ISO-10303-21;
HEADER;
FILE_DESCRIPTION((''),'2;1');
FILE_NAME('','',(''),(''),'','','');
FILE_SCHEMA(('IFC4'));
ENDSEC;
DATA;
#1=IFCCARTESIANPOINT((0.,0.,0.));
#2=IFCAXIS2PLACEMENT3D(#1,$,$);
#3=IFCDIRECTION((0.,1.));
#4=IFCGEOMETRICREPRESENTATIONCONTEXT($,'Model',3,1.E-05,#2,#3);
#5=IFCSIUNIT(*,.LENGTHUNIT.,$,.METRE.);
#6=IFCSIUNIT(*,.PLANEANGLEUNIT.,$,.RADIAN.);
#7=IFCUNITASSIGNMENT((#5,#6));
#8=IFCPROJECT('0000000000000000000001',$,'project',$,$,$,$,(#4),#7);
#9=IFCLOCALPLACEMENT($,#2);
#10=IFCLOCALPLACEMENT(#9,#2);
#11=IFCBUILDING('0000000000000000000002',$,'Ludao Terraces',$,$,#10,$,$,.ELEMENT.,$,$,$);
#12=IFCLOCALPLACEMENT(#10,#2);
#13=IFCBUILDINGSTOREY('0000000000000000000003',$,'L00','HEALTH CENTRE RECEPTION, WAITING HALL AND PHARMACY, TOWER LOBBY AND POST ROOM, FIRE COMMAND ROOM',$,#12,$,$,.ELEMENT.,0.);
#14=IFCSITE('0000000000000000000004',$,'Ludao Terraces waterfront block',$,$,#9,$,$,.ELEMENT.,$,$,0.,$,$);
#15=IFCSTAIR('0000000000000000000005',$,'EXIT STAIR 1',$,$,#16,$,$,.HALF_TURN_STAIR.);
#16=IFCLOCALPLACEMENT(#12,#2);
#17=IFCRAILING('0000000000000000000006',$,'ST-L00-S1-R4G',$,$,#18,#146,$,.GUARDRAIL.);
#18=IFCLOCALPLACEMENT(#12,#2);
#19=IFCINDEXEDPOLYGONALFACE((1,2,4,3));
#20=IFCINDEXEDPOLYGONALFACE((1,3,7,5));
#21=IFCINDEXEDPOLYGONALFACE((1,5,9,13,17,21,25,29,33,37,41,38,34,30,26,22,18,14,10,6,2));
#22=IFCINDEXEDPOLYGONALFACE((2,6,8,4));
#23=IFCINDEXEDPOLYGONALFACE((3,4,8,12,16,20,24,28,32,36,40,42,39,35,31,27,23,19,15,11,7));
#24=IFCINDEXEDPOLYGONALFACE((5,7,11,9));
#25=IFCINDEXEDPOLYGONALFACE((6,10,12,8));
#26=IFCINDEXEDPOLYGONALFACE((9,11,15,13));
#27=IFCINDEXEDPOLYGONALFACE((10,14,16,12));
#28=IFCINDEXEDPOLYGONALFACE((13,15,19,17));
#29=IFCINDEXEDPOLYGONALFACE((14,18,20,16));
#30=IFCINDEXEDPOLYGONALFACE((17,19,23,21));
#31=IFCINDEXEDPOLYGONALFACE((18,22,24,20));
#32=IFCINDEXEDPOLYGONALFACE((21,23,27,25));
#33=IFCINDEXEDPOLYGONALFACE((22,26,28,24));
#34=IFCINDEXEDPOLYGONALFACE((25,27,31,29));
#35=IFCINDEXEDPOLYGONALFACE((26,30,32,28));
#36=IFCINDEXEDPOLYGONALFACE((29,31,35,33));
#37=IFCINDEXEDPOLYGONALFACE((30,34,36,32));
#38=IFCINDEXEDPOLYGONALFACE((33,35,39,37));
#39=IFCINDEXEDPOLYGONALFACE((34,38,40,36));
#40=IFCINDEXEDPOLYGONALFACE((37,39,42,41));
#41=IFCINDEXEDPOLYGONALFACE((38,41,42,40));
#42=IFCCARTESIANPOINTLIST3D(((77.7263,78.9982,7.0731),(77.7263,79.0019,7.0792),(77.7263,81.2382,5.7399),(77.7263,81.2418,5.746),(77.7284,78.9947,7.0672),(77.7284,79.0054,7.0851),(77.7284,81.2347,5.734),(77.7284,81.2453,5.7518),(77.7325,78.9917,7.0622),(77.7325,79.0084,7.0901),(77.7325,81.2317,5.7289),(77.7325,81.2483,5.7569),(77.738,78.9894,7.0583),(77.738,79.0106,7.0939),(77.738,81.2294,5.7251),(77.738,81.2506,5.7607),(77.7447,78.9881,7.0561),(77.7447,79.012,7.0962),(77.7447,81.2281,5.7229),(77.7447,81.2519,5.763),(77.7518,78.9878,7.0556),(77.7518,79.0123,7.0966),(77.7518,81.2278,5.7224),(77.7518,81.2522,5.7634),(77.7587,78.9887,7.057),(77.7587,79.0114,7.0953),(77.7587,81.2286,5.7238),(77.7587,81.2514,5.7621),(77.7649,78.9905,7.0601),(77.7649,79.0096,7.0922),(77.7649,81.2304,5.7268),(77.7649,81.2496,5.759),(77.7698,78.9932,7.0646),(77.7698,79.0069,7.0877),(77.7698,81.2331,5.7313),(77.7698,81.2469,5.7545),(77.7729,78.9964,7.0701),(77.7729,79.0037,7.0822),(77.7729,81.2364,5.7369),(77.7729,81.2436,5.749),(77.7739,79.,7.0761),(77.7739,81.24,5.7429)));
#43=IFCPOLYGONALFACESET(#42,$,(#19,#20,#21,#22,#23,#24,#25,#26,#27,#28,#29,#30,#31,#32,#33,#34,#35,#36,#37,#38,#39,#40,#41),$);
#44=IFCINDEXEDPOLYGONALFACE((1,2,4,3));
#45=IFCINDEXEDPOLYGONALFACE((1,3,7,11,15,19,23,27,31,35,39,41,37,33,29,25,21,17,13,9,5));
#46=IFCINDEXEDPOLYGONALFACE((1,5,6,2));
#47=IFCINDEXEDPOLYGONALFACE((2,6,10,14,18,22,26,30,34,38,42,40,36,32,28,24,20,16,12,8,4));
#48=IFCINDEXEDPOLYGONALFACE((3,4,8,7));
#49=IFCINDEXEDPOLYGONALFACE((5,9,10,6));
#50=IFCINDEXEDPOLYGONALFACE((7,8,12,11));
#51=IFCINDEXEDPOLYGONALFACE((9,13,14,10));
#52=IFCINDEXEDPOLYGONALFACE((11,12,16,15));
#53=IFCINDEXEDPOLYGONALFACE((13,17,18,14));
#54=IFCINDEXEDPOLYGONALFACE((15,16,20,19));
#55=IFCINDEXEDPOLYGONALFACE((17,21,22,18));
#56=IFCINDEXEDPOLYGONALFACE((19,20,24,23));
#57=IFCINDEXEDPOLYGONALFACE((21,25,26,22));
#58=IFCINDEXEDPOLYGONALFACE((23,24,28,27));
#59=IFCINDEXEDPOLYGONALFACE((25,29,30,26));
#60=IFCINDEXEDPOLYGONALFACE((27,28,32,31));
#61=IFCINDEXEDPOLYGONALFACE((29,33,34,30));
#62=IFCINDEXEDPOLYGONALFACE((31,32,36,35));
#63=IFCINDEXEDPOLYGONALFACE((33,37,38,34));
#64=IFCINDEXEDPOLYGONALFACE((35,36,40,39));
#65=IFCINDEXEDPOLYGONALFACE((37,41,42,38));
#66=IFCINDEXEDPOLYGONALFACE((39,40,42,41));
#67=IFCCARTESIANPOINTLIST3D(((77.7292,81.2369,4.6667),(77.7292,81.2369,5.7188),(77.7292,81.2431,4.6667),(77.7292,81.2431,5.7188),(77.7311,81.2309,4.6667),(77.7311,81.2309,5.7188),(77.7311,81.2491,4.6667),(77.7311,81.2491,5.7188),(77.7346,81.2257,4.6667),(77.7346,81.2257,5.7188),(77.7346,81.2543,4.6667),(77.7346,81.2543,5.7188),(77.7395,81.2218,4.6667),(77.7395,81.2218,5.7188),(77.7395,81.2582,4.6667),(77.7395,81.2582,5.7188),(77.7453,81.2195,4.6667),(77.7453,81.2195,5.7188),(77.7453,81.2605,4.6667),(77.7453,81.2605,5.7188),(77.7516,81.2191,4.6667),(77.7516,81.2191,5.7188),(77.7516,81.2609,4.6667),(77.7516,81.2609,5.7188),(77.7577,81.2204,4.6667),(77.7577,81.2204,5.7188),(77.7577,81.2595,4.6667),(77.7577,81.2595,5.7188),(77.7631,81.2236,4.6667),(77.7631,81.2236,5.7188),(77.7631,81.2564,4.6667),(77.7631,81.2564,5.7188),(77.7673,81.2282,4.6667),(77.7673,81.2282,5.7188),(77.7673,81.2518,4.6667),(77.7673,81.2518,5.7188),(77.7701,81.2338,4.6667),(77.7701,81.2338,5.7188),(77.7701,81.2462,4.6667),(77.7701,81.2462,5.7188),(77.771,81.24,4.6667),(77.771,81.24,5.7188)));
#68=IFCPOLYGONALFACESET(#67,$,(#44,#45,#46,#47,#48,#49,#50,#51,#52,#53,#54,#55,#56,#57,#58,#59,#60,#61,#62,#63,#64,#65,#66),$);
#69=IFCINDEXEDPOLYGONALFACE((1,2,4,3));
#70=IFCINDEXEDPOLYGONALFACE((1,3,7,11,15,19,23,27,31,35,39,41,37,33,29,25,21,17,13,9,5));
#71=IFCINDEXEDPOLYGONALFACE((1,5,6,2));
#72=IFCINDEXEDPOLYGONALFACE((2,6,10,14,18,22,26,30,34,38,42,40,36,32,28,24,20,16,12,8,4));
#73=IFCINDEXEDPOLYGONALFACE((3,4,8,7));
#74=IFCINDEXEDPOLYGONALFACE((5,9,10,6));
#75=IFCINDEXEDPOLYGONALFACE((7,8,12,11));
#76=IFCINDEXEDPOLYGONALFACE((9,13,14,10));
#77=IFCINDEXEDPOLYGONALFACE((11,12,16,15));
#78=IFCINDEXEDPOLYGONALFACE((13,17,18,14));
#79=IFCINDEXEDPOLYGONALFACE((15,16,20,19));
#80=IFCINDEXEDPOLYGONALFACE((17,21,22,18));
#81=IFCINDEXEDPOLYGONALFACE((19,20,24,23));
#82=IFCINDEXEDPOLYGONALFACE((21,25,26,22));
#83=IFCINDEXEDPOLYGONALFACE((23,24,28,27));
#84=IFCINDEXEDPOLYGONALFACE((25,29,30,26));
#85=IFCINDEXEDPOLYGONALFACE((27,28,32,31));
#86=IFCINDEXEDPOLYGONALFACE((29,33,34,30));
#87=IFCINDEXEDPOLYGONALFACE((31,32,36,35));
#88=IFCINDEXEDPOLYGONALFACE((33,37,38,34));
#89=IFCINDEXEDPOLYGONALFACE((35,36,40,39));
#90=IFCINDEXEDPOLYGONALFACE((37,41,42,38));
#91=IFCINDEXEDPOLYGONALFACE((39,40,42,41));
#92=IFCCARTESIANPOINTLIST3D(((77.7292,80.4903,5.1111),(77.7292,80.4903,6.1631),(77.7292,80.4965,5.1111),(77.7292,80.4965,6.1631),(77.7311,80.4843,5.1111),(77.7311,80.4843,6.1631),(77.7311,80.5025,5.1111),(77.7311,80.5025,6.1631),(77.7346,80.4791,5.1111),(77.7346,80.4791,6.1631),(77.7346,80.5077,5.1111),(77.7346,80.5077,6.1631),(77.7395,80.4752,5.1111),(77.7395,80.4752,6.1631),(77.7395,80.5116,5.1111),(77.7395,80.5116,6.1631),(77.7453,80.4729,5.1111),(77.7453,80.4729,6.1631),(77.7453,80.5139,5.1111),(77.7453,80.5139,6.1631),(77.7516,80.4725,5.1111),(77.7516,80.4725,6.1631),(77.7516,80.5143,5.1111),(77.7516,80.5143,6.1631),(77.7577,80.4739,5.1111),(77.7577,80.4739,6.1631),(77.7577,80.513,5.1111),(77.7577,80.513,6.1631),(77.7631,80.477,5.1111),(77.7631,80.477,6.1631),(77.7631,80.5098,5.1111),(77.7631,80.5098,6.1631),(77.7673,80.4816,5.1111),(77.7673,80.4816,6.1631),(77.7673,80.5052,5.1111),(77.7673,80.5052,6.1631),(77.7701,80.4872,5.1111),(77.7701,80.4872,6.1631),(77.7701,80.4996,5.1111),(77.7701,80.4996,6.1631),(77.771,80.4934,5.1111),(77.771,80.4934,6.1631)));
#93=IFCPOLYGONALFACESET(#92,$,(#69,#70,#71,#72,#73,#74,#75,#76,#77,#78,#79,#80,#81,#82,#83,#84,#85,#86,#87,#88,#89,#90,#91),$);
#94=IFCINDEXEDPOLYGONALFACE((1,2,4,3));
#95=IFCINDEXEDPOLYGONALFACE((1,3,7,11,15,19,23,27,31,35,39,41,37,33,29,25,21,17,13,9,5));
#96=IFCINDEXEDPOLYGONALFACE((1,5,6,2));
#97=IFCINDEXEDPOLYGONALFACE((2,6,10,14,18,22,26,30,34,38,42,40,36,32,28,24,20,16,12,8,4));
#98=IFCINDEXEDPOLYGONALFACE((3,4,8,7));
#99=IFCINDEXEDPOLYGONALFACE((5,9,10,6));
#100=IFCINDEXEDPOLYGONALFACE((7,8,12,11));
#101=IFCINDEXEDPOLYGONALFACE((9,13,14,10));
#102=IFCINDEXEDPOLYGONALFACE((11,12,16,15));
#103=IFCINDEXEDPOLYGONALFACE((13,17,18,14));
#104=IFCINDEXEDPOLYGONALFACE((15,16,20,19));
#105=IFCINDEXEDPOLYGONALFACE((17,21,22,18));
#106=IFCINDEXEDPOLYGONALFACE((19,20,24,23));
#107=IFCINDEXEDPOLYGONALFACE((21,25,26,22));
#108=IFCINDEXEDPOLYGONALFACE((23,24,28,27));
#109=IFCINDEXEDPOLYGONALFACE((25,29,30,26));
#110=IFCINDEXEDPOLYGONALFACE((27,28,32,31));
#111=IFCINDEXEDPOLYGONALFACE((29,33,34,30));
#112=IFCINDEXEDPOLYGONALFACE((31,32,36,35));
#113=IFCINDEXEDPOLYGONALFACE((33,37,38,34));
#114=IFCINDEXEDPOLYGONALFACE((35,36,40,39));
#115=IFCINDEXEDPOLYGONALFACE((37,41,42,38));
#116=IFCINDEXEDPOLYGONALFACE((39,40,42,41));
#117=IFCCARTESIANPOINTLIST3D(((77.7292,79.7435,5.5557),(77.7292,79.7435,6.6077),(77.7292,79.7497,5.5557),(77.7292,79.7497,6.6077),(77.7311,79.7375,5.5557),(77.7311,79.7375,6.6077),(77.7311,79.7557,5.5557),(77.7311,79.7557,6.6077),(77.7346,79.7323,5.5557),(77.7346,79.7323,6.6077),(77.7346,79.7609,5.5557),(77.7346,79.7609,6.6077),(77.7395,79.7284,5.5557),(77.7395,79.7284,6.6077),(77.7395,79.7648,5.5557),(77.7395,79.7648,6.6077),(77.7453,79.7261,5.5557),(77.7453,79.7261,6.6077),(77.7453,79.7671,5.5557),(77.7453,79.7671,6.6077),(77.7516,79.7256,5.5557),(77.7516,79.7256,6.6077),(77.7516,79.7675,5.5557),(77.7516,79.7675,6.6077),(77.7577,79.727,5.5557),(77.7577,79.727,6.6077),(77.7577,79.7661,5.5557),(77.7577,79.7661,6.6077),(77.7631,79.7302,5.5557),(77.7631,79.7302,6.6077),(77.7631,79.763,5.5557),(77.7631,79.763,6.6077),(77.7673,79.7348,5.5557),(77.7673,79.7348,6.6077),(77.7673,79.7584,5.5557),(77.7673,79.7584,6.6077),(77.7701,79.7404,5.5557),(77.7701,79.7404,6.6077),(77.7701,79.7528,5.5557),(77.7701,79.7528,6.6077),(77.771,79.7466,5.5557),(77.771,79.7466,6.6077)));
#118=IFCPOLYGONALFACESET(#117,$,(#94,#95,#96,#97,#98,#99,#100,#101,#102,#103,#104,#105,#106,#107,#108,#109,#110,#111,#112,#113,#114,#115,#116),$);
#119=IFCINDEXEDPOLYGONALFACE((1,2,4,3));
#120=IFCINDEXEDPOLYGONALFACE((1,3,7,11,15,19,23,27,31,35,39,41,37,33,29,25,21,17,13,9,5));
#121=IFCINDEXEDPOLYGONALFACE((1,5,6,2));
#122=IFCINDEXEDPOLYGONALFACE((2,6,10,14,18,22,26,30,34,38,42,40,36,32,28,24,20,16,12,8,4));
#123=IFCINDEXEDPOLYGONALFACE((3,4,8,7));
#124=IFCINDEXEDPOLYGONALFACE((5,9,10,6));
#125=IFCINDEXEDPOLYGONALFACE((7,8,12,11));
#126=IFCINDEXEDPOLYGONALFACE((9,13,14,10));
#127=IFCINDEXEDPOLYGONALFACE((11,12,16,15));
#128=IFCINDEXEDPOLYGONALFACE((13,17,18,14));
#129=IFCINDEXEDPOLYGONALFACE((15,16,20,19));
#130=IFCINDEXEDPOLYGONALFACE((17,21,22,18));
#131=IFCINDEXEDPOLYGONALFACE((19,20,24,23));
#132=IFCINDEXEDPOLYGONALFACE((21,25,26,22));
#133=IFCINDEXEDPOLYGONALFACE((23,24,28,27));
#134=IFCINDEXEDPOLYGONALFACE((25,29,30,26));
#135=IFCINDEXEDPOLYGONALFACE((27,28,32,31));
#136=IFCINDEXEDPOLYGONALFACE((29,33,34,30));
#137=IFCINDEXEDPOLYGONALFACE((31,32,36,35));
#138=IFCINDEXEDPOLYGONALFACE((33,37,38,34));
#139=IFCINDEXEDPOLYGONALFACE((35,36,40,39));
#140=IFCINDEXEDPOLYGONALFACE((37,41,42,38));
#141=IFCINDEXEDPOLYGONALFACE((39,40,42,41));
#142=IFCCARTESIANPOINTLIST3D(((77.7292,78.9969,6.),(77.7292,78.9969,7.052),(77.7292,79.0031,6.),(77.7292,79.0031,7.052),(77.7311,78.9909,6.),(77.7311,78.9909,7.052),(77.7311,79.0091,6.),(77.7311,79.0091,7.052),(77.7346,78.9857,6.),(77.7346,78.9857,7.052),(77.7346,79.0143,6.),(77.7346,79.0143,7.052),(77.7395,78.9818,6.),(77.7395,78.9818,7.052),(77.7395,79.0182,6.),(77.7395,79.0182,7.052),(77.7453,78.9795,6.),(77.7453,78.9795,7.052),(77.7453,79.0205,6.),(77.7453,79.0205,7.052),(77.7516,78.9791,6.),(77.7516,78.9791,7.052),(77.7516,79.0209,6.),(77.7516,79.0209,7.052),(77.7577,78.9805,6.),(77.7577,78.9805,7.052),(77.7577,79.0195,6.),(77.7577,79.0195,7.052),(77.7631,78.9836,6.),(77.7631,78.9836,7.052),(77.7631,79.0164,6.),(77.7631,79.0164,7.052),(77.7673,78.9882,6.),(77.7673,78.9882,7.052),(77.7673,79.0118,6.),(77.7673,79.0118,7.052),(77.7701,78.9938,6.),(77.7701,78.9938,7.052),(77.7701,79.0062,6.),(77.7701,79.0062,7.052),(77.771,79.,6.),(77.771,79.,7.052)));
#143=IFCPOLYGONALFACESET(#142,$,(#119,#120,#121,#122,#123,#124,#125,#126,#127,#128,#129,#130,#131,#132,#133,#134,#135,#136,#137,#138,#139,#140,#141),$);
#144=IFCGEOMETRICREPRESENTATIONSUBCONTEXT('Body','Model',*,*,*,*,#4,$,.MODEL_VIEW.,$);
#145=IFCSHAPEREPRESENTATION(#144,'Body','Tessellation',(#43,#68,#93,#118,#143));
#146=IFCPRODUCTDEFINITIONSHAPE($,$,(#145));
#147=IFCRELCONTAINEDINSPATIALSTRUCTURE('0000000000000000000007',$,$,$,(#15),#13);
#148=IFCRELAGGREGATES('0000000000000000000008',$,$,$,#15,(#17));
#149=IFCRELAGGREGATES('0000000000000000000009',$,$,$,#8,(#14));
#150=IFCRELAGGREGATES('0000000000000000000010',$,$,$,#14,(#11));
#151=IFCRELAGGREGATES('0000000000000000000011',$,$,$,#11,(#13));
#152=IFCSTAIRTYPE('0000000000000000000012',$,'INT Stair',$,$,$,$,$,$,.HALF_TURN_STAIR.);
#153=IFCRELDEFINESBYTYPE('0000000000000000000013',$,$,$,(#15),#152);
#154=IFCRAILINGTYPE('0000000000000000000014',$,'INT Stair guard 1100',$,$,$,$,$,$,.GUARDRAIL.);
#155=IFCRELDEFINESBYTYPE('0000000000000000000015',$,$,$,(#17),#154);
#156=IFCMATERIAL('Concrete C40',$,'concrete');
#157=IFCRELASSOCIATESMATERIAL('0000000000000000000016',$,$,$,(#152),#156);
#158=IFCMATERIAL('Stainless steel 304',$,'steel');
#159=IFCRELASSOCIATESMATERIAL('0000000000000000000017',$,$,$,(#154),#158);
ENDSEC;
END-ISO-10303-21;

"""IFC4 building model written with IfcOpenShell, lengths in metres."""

from ifc_helpers import new_model, si_unit, direction, frame, origin, origin_2d, place, context, subcontext, project, spatial, circle, extrude, material, type_object, element, aggregate, save


model = new_model("IFC4")

# Units and contexts
model_context = context("Model", 3, precision=1e-05, world=origin(), true_north=direction((0.0, 1.0)))
body_context = subcontext(model_context, "Body", "Model", "MODEL_VIEW")
ifc_project = project(units=[si_unit("LENGTHUNIT", "METRE"), si_unit("PLANEANGLEUNIT", "RADIAN")], contexts=[model_context])

# Site, building, storey
site_placement = place(None, origin())
site = spatial("IfcSite", under=ifc_project, at=site_placement, Name="Ludao Terraces waterfront block", CompositionType="ELEMENT", RefElevation=0.0)
building_placement = place(site_placement, origin())
building = spatial("IfcBuilding", under=site, at=building_placement, Name="Ludao Terraces", CompositionType="ELEMENT")
storey_placement = place(building_placement, origin())
storey = spatial("IfcBuildingStorey", under=building, at=storey_placement, Name="L00", Description="HEALTH CENTRE RECEPTION, WAITING HALL AND PHARMACY, TOWER LOBBY AND POST ROOM, FIRE COMMAND ROOM", CompositionType="ELEMENT", Elevation=0.0)

# Shared definitions
ifc_material_1 = material(Name="Concrete C40", Category="concrete")

# Stair, railing
stair_type = type_object("IfcStairType", Name="INT Stair", PredefinedType="HALF_TURN_STAIR", material=ifc_material_1)
stair_placement = place(storey_placement, origin())
stair = element("IfcStair", 1, at=stair_placement, inside=storey, type_object=stair_type, Name="EXIT STAIR 1", PredefinedType="HALF_TURN_STAIR")
ifc_material_2 = material(Name="Stainless steel 304", Category="steel")
railing_type_1 = type_object("IfcRailingType", Name="INT Stair guard 1100", PredefinedType="GUARDRAIL", material=ifc_material_2)
railing_1_placement = place(storey_placement, frame((77.75, 81.24, 4.6667)))
railing_1 = element("IfcRailing", 2, at=railing_1_placement, type_object=railing_type_1, Name="ST-L00-S1-R4G", PredefinedType="GUARDRAIL", context=body_context, shape_type="SweptSolid", body=[
    extrude(circle(Radius=0.0239, at=origin_2d()), frame((0.0, 0.0, 1.0762), z_axis=(0.0, -0.859306, 0.511462), x_axis=(1.0, 0.0, 0.0)), (0.0, 0.0, 1.0), 2.6067),
    extrude(circle(Radius=0.021, at=origin_2d()), origin(), (0.0, 0.0, 1.0), 1.052),
    extrude(circle(Radius=0.021, at=origin_2d()), frame((0.0, -0.7466, 0.4443)), (0.0, 0.0, 1.0), 1.052),
    extrude(circle(Radius=0.021, at=origin_2d()), frame((0.0, -1.4934, 0.8889)), (0.0, 0.0, 1.0), 1.052),
    extrude(circle(Radius=0.021, at=origin_2d()), frame((0.0, -2.24, 1.3333)), (0.0, 0.0, 1.0), 1.052),
])
aggregate(stair, [railing_1])

save(model, "model.ifc")
